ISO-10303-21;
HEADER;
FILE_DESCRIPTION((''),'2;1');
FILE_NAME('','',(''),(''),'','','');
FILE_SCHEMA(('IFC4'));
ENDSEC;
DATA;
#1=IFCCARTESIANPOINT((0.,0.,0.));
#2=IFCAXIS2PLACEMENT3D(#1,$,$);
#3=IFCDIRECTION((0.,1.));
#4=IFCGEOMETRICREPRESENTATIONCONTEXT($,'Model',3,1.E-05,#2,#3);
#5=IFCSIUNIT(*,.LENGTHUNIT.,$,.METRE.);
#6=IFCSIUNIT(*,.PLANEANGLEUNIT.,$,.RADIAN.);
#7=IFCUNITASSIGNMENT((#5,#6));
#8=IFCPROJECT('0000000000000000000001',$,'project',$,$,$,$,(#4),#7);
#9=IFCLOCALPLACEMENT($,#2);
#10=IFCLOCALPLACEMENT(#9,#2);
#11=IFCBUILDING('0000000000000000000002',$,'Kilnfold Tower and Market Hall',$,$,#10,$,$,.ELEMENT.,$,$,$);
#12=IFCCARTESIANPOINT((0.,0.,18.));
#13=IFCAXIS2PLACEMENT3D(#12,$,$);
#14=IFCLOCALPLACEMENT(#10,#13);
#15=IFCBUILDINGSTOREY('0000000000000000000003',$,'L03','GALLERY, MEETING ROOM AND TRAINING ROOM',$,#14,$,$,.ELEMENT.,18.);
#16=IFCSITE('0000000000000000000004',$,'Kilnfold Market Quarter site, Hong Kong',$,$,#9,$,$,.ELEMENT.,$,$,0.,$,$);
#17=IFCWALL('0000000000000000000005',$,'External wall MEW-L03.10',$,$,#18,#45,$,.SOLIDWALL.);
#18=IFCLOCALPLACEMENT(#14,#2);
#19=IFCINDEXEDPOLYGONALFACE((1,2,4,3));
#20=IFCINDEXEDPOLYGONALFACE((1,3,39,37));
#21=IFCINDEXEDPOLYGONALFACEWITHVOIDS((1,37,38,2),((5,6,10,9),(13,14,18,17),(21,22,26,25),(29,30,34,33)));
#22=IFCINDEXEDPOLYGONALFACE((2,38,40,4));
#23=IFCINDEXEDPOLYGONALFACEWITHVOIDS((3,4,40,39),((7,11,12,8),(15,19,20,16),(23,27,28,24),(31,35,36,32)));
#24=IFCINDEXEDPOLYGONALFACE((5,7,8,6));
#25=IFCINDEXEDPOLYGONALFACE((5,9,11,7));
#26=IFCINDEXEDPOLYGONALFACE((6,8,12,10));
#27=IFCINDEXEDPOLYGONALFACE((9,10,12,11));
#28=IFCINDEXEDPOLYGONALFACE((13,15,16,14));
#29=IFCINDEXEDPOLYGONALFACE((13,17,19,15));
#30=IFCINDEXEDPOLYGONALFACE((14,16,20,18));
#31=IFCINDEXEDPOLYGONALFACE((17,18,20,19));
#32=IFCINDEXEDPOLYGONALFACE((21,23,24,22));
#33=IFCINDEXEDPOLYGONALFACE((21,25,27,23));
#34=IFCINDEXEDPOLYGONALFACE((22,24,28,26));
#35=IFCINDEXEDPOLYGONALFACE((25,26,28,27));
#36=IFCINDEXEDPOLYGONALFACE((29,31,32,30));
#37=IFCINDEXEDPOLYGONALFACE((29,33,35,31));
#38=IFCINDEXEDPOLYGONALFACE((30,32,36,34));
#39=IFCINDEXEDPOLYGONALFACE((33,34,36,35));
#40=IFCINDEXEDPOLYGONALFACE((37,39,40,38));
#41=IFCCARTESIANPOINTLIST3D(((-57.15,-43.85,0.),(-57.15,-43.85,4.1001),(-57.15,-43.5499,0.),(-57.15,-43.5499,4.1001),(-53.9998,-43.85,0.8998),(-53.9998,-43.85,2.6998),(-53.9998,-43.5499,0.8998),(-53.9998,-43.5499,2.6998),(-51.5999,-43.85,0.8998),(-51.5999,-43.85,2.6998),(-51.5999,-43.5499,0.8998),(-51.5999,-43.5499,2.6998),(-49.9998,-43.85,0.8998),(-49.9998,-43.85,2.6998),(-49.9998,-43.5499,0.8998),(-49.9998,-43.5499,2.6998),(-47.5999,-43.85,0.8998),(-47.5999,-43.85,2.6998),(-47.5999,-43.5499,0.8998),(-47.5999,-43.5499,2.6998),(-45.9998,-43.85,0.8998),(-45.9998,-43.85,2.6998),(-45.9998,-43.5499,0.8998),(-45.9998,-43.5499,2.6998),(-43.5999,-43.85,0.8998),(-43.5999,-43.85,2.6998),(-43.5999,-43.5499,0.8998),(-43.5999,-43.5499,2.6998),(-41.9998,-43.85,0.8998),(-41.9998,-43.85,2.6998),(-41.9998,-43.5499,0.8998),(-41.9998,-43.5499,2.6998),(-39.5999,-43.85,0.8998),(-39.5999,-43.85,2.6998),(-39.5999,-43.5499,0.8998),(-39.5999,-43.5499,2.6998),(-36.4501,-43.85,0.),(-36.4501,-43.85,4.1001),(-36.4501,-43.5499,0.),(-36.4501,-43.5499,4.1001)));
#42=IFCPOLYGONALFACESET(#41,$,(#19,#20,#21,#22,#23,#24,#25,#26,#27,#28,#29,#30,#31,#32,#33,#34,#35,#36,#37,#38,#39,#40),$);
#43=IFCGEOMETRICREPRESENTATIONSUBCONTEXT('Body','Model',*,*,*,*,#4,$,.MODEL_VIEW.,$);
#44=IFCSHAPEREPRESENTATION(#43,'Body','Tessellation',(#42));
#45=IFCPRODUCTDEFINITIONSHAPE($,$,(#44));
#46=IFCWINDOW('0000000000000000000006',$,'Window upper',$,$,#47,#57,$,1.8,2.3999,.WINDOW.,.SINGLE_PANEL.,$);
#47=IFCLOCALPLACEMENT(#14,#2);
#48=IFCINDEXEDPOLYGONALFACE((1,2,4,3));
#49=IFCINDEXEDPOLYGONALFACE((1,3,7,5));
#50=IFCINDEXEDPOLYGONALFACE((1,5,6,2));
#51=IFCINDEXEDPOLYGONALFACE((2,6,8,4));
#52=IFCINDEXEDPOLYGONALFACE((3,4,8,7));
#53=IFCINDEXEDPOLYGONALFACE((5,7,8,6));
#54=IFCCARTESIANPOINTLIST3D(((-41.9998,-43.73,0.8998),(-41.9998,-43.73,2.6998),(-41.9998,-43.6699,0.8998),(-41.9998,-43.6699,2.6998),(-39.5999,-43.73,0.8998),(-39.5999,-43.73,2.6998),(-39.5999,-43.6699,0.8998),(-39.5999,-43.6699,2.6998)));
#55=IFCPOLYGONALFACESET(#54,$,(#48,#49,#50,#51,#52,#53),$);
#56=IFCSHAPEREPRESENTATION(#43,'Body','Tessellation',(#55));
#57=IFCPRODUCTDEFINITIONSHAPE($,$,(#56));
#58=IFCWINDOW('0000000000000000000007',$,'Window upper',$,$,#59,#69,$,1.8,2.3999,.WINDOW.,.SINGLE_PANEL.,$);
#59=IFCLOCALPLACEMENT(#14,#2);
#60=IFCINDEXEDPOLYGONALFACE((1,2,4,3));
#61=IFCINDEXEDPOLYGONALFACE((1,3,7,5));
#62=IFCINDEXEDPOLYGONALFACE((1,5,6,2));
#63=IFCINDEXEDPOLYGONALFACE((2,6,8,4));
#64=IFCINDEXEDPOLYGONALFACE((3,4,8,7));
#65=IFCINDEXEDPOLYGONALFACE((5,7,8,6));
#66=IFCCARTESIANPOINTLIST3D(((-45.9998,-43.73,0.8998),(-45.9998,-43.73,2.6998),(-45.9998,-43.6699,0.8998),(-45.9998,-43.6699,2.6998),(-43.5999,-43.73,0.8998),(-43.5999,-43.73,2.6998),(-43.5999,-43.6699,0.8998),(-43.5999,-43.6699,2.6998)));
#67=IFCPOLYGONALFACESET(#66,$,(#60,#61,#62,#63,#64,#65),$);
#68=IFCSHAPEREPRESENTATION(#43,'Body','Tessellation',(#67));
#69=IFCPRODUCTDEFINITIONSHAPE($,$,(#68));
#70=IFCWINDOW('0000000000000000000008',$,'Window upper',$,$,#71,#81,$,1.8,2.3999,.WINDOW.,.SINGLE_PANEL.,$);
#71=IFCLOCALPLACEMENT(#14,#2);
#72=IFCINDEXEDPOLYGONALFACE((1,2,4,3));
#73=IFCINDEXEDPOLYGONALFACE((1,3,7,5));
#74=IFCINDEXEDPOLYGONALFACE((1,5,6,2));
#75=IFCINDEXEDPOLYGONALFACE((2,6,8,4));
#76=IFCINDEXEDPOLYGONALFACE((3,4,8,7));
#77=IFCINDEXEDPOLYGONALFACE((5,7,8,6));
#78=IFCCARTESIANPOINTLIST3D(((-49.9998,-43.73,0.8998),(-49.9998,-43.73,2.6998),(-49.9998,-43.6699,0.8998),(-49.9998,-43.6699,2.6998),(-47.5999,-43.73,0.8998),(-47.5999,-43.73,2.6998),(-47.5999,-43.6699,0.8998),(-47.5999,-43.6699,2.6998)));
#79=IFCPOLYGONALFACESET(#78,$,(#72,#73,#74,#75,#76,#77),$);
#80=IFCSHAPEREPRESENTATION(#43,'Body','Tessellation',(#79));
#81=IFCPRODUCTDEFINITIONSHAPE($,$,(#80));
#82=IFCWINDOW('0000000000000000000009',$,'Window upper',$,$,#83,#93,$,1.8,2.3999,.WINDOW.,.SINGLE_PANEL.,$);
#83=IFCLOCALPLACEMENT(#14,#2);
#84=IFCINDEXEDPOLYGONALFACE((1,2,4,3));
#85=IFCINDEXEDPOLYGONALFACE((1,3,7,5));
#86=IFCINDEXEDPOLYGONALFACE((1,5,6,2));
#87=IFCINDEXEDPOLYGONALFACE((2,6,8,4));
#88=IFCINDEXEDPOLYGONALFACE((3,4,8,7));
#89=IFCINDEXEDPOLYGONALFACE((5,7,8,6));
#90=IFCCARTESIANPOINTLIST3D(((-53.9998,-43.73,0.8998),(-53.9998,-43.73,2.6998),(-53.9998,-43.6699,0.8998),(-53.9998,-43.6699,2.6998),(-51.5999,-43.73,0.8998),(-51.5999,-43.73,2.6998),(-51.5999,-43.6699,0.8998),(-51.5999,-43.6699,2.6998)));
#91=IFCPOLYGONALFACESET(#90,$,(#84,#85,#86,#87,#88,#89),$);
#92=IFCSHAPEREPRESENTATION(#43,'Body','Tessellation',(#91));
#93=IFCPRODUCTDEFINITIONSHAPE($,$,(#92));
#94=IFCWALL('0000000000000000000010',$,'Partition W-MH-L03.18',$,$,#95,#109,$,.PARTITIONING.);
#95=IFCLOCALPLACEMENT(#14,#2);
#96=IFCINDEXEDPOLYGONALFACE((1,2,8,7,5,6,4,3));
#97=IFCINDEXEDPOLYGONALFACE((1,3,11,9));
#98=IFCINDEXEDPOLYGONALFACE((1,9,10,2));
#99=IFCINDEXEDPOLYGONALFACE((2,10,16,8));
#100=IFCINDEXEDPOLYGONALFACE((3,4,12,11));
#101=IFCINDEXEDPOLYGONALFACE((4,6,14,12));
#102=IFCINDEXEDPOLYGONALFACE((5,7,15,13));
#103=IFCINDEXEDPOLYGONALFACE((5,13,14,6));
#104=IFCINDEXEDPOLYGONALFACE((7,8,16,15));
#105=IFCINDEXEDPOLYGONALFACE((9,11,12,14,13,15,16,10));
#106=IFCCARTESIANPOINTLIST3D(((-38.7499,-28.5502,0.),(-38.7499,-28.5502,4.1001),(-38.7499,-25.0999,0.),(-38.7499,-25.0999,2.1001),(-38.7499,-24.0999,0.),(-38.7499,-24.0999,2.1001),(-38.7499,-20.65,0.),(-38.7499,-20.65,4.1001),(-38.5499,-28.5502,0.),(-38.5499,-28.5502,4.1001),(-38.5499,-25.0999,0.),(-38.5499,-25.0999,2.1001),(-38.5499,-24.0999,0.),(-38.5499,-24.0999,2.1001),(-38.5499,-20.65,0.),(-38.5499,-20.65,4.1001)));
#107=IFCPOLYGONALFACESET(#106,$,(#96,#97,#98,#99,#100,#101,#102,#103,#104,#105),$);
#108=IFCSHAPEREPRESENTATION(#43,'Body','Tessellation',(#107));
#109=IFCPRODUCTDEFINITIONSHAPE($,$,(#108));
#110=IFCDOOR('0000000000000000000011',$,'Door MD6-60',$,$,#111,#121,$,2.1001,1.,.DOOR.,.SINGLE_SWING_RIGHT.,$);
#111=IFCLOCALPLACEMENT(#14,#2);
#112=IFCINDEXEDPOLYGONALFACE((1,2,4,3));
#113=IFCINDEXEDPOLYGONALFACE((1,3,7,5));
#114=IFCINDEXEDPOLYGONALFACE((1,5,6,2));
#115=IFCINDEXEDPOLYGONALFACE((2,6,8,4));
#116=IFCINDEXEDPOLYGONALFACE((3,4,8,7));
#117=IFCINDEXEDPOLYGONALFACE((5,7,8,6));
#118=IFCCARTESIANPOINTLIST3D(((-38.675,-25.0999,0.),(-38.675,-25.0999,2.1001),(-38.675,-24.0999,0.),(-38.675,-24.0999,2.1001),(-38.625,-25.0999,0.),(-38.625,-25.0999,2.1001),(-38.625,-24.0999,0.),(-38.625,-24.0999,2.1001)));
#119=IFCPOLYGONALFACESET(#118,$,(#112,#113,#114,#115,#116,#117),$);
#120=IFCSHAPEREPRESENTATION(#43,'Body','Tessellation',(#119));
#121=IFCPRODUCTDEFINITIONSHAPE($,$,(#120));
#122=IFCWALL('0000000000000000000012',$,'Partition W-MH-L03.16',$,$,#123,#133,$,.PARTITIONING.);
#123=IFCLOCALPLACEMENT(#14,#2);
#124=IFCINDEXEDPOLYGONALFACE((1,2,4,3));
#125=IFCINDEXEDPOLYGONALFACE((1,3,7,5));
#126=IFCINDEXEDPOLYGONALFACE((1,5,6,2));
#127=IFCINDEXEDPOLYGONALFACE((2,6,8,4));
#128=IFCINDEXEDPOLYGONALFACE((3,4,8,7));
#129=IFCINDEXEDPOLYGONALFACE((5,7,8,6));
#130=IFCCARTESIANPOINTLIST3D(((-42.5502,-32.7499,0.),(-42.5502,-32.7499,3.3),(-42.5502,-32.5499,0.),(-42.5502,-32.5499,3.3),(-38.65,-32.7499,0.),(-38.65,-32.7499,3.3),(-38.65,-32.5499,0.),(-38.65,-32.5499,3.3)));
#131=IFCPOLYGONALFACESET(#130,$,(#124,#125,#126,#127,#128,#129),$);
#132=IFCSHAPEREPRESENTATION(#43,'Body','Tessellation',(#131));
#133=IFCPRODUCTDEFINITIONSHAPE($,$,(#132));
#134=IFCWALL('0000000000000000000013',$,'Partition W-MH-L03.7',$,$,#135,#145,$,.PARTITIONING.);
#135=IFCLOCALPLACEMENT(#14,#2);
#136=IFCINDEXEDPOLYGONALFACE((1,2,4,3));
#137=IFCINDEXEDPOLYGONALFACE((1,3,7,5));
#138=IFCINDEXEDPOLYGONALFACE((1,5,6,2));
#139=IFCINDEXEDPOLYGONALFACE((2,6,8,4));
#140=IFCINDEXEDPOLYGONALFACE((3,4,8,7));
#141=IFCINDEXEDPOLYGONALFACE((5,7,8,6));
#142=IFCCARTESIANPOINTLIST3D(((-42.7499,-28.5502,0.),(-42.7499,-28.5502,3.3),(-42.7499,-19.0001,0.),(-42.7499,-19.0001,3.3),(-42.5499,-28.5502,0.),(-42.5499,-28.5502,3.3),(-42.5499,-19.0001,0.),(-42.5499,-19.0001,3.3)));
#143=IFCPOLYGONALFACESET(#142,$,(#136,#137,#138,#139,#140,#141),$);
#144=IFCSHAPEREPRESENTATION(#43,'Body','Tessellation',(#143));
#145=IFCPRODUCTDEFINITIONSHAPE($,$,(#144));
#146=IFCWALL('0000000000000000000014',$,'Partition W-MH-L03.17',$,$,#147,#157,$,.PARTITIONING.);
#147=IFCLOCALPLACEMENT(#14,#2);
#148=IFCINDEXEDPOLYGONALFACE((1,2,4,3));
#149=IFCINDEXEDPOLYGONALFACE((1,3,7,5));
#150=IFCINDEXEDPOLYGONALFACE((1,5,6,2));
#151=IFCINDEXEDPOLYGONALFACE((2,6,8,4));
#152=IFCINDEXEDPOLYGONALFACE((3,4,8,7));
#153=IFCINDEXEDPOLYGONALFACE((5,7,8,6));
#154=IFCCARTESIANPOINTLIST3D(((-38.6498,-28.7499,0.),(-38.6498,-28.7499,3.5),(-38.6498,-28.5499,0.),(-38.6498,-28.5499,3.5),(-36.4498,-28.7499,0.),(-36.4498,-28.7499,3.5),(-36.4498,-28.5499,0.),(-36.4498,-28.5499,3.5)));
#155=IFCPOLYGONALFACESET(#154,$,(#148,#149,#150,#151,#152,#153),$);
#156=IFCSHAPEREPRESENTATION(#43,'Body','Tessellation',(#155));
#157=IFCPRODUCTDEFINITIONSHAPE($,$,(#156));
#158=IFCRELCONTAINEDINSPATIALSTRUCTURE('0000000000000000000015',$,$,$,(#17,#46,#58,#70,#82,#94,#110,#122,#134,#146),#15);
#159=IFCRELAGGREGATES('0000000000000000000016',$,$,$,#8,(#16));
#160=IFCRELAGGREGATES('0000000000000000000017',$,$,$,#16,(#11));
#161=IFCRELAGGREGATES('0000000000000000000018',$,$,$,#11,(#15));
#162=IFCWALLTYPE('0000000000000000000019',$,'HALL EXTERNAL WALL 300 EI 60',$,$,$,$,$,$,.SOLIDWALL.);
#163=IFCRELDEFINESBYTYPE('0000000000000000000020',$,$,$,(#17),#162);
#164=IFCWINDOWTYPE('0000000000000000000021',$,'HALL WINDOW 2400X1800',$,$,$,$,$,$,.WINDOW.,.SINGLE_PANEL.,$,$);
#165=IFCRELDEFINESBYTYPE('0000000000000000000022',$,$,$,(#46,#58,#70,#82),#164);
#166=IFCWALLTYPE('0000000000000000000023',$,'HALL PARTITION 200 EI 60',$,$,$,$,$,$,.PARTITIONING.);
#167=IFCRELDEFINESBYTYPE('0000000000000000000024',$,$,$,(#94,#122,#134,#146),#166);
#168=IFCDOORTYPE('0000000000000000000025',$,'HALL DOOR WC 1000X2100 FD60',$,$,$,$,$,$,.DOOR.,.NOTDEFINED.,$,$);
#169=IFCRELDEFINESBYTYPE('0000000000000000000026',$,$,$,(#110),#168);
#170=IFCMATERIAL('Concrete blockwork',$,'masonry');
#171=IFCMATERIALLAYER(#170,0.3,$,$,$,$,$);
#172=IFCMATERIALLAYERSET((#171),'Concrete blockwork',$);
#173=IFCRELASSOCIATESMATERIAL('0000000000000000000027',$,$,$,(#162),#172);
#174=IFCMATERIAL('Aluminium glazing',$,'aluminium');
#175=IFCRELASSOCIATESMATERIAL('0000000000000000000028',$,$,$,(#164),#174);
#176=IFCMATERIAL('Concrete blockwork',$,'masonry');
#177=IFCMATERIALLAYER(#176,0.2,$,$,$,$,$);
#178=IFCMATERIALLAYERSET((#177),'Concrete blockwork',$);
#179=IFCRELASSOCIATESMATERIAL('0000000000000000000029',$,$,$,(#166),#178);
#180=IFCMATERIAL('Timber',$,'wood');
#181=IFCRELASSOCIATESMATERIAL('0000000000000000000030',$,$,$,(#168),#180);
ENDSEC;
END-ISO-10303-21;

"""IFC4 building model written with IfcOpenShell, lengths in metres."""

from ifc_helpers import new_model, si_unit, direction, frame, frame_2d, origin, place, context, subcontext, project, spatial, rectangle, extrude, source, transform, mapped, material, layer, layer_set, type_object, element, fill, save


model = new_model("IFC4")

# Units and contexts
model_context = context("Model", 3, precision=1e-05, world=origin(), true_north=direction((0.0, 1.0)))
body_context = subcontext(model_context, "Body", "Model", "MODEL_VIEW")
ifc_project = project(units=[si_unit("LENGTHUNIT", "METRE"), si_unit("PLANEANGLEUNIT", "RADIAN")], contexts=[model_context])

# Site, building, storey
site_placement = place(None, origin())
site = spatial("IfcSite", under=ifc_project, at=site_placement, Name="Kilnfold Market Quarter site, Hong Kong", CompositionType="ELEMENT", RefElevation=0.0)
building_placement = place(site_placement, origin())
building = spatial("IfcBuilding", under=site, at=building_placement, Name="Kilnfold Tower and Market Hall", CompositionType="ELEMENT")
storey_placement = place(building_placement, frame((0.0, 0.0, 18.0)))
storey = spatial("IfcBuildingStorey", under=building, at=storey_placement, Name="L03", Description="GALLERY, MEETING ROOM AND TRAINING ROOM", CompositionType="ELEMENT", Elevation=18.0)

# Shared definitions
ifc_material_1 = material(Name="Concrete blockwork", Category="masonry")
ifc_layer_1 = layer(ifc_material_1, 0.3)
ifc_layer_set_1 = layer_set([ifc_layer_1], Name="Concrete blockwork")
wall_type_1 = type_object("IfcWallType", Name="HALL EXTERNAL WALL 300 EI 60", PredefinedType="SOLIDWALL", material=ifc_layer_set_1)

# Shared definitions
ifc_material_2 = material(Name="Aluminium glazing", Category="aluminium")
window_type = type_object("IfcWindowType", Name="HALL WINDOW 2400X1800", PartitioningType="SINGLE_PANEL", PredefinedType="WINDOW", material=ifc_material_2)

# Wall, openings, windows
shared_shape_1 = source(origin(), body_context, "Body", "SweptSolid", [
    extrude(rectangle(XDim=20.7, YDim=0.3, at=frame_2d((10.3501, 0.0))), origin(), (0.0, 0.0, 1.0), 4.1001),
])
wall_1_placement = place(storey_placement, frame((-36.45, -43.7, 0.0), z_axis=(0.0, 0.0, 1.0), x_axis=(-1.0, 0.0, 0.0)))
wall_1 = element("IfcWall", 1, at=wall_1_placement, inside=storey, type_object=wall_type_1, Name="External wall MEW-L03.10", PredefinedType="SOLIDWALL", context=body_context, shape_type="MappedRepresentation", body=[
    mapped(shared_shape_1, transform((0.0, 0.0, 0.0))),
])
opening_1_placement = place(wall_1_placement, frame((3.1499, 0.0, 0.8999)))
opening_1 = element("IfcOpeningElement", 2, at=opening_1_placement, cuts=wall_1, PredefinedType="OPENING", context=body_context, shape_type="SweptSolid", body=[
    extrude(rectangle(XDim=2.3999, YDim=1.8, at=frame_2d((1.2, 0.8999))), frame((0.0, 0.1602, 0.0), z_axis=(0.0, -1.0, 0.0), x_axis=(1.0, 0.0, 0.0)), (0.0, 0.0, 1.0), 0.3201),
])
opening_2_placement = place(wall_1_placement, frame((7.1499, 0.0, 0.8999)))
opening_2 = element("IfcOpeningElement", 3, at=opening_2_placement, cuts=wall_1, PredefinedType="OPENING", context=body_context, shape_type="SweptSolid", body=[
    extrude(rectangle(XDim=2.3999, YDim=1.8, at=frame_2d((1.2, 0.8999))), frame((0.0, 0.1602, 0.0), z_axis=(0.0, -1.0, 0.0), x_axis=(1.0, 0.0, 0.0)), (0.0, 0.0, 1.0), 0.3201),
])
opening_3_placement = place(wall_1_placement, frame((11.1499, 0.0, 0.8999)))
opening_3 = element("IfcOpeningElement", 4, at=opening_3_placement, cuts=wall_1, PredefinedType="OPENING", context=body_context, shape_type="SweptSolid", body=[
    extrude(rectangle(XDim=2.3999, YDim=1.8, at=frame_2d((1.2, 0.8999))), frame((0.0, 0.1602, 0.0), z_axis=(0.0, -1.0, 0.0), x_axis=(1.0, 0.0, 0.0)), (0.0, 0.0, 1.0), 0.3201),
])
opening_4_placement = place(wall_1_placement, frame((15.1499, 0.0, 0.8999)))
opening_4 = element("IfcOpeningElement", 5, at=opening_4_placement, cuts=wall_1, PredefinedType="OPENING", context=body_context, shape_type="SweptSolid", body=[
    extrude(rectangle(XDim=2.3999, YDim=1.8, at=frame_2d((1.2, 0.8999))), frame((0.0, 0.1602, 0.0), z_axis=(0.0, -1.0, 0.0), x_axis=(1.0, 0.0, 0.0)), (0.0, 0.0, 1.0), 0.3201),
])
window_1_placement = place(opening_1_placement, origin())
window_1 = element("IfcWindow", 6, at=window_1_placement, inside=storey, type_object=window_type, Name="Window upper", OverallHeight=1.8, OverallWidth=2.3999, PartitioningType="SINGLE_PANEL", PredefinedType="WINDOW", context=body_context, shape_type="SweptSolid", body=[
    extrude(rectangle(XDim=2.3999, YDim=1.8, at=frame_2d((1.2, 0.8999))), frame((0.0, 0.03, 0.0), z_axis=(0.0, -1.0, 0.0), x_axis=(1.0, 0.0, 0.0)), (0.0, 0.0, 1.0), 0.0601),
])
fill(opening_1, window_1)
window_2_placement = place(opening_2_placement, origin())
window_2 = element("IfcWindow", 7, at=window_2_placement, inside=storey, type_object=window_type, Name="Window upper", OverallHeight=1.8, OverallWidth=2.3999, PartitioningType="SINGLE_PANEL", PredefinedType="WINDOW", context=body_context, shape_type="SweptSolid", body=[
    extrude(rectangle(XDim=2.3999, YDim=1.8, at=frame_2d((1.2, 0.8999))), frame((0.0, 0.03, 0.0), z_axis=(0.0, -1.0, 0.0), x_axis=(1.0, 0.0, 0.0)), (0.0, 0.0, 1.0), 0.0601),
])
fill(opening_2, window_2)
window_3_placement = place(opening_3_placement, origin())
window_3 = element("IfcWindow", 8, at=window_3_placement, inside=storey, type_object=window_type, Name="Window upper", OverallHeight=1.8, OverallWidth=2.3999, PartitioningType="SINGLE_PANEL", PredefinedType="WINDOW", context=body_context, shape_type="SweptSolid", body=[
    extrude(rectangle(XDim=2.3999, YDim=1.8, at=frame_2d((1.2, 0.8999))), frame((0.0, 0.03, 0.0), z_axis=(0.0, -1.0, 0.0), x_axis=(1.0, 0.0, 0.0)), (0.0, 0.0, 1.0), 0.0601),
])
fill(opening_3, window_3)
window_4_placement = place(opening_4_placement, origin())
window_4 = element("IfcWindow", 9, at=window_4_placement, inside=storey, type_object=window_type, Name="Window upper", OverallHeight=1.8, OverallWidth=2.3999, PartitioningType="SINGLE_PANEL", PredefinedType="WINDOW", context=body_context, shape_type="SweptSolid", body=[
    extrude(rectangle(XDim=2.3999, YDim=1.8, at=frame_2d((1.2, 0.8999))), frame((0.0, 0.03, 0.0), z_axis=(0.0, -1.0, 0.0), x_axis=(1.0, 0.0, 0.0)), (0.0, 0.0, 1.0), 0.0601),
])
fill(opening_4, window_4)

# Wall, opening, door
ifc_material_3 = material(Name="Concrete blockwork", Category="masonry")
ifc_layer_2 = layer(ifc_material_3, 0.2)
ifc_layer_set_2 = layer_set([ifc_layer_2], Name="Concrete blockwork")
wall_type_2 = type_object("IfcWallType", Name="HALL PARTITION 200 EI 60", PredefinedType="PARTITIONING", material=ifc_layer_set_2)
shared_shape_2 = source(origin(), body_context, "Body", "SweptSolid", [
    extrude(rectangle(XDim=7.9001, YDim=0.2, at=frame_2d((3.9502, 0.0))), origin(), (0.0, 0.0, 1.0), 4.1001),
])
wall_2_placement = place(storey_placement, frame((-38.6499, -20.6499, 0.0), z_axis=(0.0, 0.0, 1.0), x_axis=(0.0, -1.0, 0.0)))
wall_2 = element("IfcWall", 10, at=wall_2_placement, inside=storey, type_object=wall_type_2, Name="Partition W-MH-L03.18", PredefinedType="PARTITIONING", context=body_context, shape_type="MappedRepresentation", body=[
    mapped(shared_shape_2, transform((0.0, 0.0, 0.0))),
])
opening_5_placement = place(wall_2_placement, frame((3.45, 0.0, 0.0)))
opening_5 = element("IfcOpeningElement", 11, at=opening_5_placement, cuts=wall_2, PredefinedType="OPENING", context=body_context, shape_type="SweptSolid", body=[
    extrude(rectangle(XDim=1.0, YDim=2.1001, at=frame_2d((0.5, 1.05))), frame((0.0, 0.1099, 0.0), z_axis=(0.0, -1.0, 0.0), x_axis=(1.0, 0.0, 0.0)), (0.0, 0.0, 1.0), 0.22),
])
ifc_material_4 = material(Name="Timber", Category="wood")
door_type_1 = type_object("IfcDoorType", Name="HALL DOOR WC 1000X2100 FD60", OperationType="NOTDEFINED", PredefinedType="DOOR", material=ifc_material_4)
door_1_placement = place(opening_5_placement, origin())
door_1 = element("IfcDoor", 12, at=door_1_placement, inside=storey, type_object=door_type_1, Name="Door MD6-60", OperationType="SINGLE_SWING_RIGHT", OverallHeight=2.1001, OverallWidth=1.0, PredefinedType="DOOR", context=body_context, shape_type="SweptSolid", body=[
    extrude(rectangle(XDim=1.0, YDim=2.1001, at=frame_2d((0.5, 1.05))), frame((0.0, 0.0249, 0.0), z_axis=(0.0, -1.0, 0.0), x_axis=(1.0, 0.0, 0.0)), (0.0, 0.0, 1.0), 0.05),
])
fill(opening_5, door_1)

# Walls
shared_shape_3 = source(origin(), body_context, "Body", "SweptSolid", [
    extrude(rectangle(XDim=3.9001, YDim=0.2, at=frame_2d((1.9502, 0.0))), origin(), (0.0, 0.0, 1.0), 3.3),
])
wall_3_placement = place(storey_placement, frame((-38.6499, -32.6499, 0.0), z_axis=(0.0, 0.0, 1.0), x_axis=(-1.0, 0.0, 0.0)))
element("IfcWall", 13, at=wall_3_placement, inside=storey, type_object=wall_type_2, Name="Partition W-MH-L03.16", PredefinedType="PARTITIONING", context=body_context, shape_type="MappedRepresentation", body=[
    mapped(shared_shape_3, transform((0.0, 0.0, 0.0))),
])
shared_shape_4 = source(origin(), body_context, "Body", "SweptSolid", [
    extrude(rectangle(XDim=9.55, YDim=0.2, at=frame_2d((4.7749, 0.0))), origin(), (0.0, 0.0, 1.0), 3.3),
])
wall_4_placement = place(storey_placement, frame((-42.6499, -28.55, 0.0), z_axis=(0.0, 0.0, 1.0), x_axis=(0.0, 1.0, 0.0)))
element("IfcWall", 14, at=wall_4_placement, inside=storey, type_object=wall_type_2, Name="Partition W-MH-L03.7", PredefinedType="PARTITIONING", context=body_context, shape_type="MappedRepresentation", body=[
    mapped(shared_shape_4, transform((0.0, 0.0, 0.0))),
])
shared_shape_5 = source(origin(), body_context, "Body", "SweptSolid", [
    extrude(rectangle(XDim=2.2, YDim=0.2, at=frame_2d((1.1001, 0.0))), origin(), (0.0, 0.0, 1.0), 3.5),
])
wall_5_placement = place(storey_placement, frame((-38.6499, -28.6499, 0.0), z_axis=(0.0, 0.0, 1.0), x_axis=(1.0, 0.0, 0.0)))
element("IfcWall", 15, at=wall_5_placement, inside=storey, type_object=wall_type_2, Name="Partition W-MH-L03.17", PredefinedType="PARTITIONING", context=body_context, shape_type="MappedRepresentation", body=[
    mapped(shared_shape_5, transform((0.0, 0.0, 0.0))),
])

save(model, "model.ifc")
